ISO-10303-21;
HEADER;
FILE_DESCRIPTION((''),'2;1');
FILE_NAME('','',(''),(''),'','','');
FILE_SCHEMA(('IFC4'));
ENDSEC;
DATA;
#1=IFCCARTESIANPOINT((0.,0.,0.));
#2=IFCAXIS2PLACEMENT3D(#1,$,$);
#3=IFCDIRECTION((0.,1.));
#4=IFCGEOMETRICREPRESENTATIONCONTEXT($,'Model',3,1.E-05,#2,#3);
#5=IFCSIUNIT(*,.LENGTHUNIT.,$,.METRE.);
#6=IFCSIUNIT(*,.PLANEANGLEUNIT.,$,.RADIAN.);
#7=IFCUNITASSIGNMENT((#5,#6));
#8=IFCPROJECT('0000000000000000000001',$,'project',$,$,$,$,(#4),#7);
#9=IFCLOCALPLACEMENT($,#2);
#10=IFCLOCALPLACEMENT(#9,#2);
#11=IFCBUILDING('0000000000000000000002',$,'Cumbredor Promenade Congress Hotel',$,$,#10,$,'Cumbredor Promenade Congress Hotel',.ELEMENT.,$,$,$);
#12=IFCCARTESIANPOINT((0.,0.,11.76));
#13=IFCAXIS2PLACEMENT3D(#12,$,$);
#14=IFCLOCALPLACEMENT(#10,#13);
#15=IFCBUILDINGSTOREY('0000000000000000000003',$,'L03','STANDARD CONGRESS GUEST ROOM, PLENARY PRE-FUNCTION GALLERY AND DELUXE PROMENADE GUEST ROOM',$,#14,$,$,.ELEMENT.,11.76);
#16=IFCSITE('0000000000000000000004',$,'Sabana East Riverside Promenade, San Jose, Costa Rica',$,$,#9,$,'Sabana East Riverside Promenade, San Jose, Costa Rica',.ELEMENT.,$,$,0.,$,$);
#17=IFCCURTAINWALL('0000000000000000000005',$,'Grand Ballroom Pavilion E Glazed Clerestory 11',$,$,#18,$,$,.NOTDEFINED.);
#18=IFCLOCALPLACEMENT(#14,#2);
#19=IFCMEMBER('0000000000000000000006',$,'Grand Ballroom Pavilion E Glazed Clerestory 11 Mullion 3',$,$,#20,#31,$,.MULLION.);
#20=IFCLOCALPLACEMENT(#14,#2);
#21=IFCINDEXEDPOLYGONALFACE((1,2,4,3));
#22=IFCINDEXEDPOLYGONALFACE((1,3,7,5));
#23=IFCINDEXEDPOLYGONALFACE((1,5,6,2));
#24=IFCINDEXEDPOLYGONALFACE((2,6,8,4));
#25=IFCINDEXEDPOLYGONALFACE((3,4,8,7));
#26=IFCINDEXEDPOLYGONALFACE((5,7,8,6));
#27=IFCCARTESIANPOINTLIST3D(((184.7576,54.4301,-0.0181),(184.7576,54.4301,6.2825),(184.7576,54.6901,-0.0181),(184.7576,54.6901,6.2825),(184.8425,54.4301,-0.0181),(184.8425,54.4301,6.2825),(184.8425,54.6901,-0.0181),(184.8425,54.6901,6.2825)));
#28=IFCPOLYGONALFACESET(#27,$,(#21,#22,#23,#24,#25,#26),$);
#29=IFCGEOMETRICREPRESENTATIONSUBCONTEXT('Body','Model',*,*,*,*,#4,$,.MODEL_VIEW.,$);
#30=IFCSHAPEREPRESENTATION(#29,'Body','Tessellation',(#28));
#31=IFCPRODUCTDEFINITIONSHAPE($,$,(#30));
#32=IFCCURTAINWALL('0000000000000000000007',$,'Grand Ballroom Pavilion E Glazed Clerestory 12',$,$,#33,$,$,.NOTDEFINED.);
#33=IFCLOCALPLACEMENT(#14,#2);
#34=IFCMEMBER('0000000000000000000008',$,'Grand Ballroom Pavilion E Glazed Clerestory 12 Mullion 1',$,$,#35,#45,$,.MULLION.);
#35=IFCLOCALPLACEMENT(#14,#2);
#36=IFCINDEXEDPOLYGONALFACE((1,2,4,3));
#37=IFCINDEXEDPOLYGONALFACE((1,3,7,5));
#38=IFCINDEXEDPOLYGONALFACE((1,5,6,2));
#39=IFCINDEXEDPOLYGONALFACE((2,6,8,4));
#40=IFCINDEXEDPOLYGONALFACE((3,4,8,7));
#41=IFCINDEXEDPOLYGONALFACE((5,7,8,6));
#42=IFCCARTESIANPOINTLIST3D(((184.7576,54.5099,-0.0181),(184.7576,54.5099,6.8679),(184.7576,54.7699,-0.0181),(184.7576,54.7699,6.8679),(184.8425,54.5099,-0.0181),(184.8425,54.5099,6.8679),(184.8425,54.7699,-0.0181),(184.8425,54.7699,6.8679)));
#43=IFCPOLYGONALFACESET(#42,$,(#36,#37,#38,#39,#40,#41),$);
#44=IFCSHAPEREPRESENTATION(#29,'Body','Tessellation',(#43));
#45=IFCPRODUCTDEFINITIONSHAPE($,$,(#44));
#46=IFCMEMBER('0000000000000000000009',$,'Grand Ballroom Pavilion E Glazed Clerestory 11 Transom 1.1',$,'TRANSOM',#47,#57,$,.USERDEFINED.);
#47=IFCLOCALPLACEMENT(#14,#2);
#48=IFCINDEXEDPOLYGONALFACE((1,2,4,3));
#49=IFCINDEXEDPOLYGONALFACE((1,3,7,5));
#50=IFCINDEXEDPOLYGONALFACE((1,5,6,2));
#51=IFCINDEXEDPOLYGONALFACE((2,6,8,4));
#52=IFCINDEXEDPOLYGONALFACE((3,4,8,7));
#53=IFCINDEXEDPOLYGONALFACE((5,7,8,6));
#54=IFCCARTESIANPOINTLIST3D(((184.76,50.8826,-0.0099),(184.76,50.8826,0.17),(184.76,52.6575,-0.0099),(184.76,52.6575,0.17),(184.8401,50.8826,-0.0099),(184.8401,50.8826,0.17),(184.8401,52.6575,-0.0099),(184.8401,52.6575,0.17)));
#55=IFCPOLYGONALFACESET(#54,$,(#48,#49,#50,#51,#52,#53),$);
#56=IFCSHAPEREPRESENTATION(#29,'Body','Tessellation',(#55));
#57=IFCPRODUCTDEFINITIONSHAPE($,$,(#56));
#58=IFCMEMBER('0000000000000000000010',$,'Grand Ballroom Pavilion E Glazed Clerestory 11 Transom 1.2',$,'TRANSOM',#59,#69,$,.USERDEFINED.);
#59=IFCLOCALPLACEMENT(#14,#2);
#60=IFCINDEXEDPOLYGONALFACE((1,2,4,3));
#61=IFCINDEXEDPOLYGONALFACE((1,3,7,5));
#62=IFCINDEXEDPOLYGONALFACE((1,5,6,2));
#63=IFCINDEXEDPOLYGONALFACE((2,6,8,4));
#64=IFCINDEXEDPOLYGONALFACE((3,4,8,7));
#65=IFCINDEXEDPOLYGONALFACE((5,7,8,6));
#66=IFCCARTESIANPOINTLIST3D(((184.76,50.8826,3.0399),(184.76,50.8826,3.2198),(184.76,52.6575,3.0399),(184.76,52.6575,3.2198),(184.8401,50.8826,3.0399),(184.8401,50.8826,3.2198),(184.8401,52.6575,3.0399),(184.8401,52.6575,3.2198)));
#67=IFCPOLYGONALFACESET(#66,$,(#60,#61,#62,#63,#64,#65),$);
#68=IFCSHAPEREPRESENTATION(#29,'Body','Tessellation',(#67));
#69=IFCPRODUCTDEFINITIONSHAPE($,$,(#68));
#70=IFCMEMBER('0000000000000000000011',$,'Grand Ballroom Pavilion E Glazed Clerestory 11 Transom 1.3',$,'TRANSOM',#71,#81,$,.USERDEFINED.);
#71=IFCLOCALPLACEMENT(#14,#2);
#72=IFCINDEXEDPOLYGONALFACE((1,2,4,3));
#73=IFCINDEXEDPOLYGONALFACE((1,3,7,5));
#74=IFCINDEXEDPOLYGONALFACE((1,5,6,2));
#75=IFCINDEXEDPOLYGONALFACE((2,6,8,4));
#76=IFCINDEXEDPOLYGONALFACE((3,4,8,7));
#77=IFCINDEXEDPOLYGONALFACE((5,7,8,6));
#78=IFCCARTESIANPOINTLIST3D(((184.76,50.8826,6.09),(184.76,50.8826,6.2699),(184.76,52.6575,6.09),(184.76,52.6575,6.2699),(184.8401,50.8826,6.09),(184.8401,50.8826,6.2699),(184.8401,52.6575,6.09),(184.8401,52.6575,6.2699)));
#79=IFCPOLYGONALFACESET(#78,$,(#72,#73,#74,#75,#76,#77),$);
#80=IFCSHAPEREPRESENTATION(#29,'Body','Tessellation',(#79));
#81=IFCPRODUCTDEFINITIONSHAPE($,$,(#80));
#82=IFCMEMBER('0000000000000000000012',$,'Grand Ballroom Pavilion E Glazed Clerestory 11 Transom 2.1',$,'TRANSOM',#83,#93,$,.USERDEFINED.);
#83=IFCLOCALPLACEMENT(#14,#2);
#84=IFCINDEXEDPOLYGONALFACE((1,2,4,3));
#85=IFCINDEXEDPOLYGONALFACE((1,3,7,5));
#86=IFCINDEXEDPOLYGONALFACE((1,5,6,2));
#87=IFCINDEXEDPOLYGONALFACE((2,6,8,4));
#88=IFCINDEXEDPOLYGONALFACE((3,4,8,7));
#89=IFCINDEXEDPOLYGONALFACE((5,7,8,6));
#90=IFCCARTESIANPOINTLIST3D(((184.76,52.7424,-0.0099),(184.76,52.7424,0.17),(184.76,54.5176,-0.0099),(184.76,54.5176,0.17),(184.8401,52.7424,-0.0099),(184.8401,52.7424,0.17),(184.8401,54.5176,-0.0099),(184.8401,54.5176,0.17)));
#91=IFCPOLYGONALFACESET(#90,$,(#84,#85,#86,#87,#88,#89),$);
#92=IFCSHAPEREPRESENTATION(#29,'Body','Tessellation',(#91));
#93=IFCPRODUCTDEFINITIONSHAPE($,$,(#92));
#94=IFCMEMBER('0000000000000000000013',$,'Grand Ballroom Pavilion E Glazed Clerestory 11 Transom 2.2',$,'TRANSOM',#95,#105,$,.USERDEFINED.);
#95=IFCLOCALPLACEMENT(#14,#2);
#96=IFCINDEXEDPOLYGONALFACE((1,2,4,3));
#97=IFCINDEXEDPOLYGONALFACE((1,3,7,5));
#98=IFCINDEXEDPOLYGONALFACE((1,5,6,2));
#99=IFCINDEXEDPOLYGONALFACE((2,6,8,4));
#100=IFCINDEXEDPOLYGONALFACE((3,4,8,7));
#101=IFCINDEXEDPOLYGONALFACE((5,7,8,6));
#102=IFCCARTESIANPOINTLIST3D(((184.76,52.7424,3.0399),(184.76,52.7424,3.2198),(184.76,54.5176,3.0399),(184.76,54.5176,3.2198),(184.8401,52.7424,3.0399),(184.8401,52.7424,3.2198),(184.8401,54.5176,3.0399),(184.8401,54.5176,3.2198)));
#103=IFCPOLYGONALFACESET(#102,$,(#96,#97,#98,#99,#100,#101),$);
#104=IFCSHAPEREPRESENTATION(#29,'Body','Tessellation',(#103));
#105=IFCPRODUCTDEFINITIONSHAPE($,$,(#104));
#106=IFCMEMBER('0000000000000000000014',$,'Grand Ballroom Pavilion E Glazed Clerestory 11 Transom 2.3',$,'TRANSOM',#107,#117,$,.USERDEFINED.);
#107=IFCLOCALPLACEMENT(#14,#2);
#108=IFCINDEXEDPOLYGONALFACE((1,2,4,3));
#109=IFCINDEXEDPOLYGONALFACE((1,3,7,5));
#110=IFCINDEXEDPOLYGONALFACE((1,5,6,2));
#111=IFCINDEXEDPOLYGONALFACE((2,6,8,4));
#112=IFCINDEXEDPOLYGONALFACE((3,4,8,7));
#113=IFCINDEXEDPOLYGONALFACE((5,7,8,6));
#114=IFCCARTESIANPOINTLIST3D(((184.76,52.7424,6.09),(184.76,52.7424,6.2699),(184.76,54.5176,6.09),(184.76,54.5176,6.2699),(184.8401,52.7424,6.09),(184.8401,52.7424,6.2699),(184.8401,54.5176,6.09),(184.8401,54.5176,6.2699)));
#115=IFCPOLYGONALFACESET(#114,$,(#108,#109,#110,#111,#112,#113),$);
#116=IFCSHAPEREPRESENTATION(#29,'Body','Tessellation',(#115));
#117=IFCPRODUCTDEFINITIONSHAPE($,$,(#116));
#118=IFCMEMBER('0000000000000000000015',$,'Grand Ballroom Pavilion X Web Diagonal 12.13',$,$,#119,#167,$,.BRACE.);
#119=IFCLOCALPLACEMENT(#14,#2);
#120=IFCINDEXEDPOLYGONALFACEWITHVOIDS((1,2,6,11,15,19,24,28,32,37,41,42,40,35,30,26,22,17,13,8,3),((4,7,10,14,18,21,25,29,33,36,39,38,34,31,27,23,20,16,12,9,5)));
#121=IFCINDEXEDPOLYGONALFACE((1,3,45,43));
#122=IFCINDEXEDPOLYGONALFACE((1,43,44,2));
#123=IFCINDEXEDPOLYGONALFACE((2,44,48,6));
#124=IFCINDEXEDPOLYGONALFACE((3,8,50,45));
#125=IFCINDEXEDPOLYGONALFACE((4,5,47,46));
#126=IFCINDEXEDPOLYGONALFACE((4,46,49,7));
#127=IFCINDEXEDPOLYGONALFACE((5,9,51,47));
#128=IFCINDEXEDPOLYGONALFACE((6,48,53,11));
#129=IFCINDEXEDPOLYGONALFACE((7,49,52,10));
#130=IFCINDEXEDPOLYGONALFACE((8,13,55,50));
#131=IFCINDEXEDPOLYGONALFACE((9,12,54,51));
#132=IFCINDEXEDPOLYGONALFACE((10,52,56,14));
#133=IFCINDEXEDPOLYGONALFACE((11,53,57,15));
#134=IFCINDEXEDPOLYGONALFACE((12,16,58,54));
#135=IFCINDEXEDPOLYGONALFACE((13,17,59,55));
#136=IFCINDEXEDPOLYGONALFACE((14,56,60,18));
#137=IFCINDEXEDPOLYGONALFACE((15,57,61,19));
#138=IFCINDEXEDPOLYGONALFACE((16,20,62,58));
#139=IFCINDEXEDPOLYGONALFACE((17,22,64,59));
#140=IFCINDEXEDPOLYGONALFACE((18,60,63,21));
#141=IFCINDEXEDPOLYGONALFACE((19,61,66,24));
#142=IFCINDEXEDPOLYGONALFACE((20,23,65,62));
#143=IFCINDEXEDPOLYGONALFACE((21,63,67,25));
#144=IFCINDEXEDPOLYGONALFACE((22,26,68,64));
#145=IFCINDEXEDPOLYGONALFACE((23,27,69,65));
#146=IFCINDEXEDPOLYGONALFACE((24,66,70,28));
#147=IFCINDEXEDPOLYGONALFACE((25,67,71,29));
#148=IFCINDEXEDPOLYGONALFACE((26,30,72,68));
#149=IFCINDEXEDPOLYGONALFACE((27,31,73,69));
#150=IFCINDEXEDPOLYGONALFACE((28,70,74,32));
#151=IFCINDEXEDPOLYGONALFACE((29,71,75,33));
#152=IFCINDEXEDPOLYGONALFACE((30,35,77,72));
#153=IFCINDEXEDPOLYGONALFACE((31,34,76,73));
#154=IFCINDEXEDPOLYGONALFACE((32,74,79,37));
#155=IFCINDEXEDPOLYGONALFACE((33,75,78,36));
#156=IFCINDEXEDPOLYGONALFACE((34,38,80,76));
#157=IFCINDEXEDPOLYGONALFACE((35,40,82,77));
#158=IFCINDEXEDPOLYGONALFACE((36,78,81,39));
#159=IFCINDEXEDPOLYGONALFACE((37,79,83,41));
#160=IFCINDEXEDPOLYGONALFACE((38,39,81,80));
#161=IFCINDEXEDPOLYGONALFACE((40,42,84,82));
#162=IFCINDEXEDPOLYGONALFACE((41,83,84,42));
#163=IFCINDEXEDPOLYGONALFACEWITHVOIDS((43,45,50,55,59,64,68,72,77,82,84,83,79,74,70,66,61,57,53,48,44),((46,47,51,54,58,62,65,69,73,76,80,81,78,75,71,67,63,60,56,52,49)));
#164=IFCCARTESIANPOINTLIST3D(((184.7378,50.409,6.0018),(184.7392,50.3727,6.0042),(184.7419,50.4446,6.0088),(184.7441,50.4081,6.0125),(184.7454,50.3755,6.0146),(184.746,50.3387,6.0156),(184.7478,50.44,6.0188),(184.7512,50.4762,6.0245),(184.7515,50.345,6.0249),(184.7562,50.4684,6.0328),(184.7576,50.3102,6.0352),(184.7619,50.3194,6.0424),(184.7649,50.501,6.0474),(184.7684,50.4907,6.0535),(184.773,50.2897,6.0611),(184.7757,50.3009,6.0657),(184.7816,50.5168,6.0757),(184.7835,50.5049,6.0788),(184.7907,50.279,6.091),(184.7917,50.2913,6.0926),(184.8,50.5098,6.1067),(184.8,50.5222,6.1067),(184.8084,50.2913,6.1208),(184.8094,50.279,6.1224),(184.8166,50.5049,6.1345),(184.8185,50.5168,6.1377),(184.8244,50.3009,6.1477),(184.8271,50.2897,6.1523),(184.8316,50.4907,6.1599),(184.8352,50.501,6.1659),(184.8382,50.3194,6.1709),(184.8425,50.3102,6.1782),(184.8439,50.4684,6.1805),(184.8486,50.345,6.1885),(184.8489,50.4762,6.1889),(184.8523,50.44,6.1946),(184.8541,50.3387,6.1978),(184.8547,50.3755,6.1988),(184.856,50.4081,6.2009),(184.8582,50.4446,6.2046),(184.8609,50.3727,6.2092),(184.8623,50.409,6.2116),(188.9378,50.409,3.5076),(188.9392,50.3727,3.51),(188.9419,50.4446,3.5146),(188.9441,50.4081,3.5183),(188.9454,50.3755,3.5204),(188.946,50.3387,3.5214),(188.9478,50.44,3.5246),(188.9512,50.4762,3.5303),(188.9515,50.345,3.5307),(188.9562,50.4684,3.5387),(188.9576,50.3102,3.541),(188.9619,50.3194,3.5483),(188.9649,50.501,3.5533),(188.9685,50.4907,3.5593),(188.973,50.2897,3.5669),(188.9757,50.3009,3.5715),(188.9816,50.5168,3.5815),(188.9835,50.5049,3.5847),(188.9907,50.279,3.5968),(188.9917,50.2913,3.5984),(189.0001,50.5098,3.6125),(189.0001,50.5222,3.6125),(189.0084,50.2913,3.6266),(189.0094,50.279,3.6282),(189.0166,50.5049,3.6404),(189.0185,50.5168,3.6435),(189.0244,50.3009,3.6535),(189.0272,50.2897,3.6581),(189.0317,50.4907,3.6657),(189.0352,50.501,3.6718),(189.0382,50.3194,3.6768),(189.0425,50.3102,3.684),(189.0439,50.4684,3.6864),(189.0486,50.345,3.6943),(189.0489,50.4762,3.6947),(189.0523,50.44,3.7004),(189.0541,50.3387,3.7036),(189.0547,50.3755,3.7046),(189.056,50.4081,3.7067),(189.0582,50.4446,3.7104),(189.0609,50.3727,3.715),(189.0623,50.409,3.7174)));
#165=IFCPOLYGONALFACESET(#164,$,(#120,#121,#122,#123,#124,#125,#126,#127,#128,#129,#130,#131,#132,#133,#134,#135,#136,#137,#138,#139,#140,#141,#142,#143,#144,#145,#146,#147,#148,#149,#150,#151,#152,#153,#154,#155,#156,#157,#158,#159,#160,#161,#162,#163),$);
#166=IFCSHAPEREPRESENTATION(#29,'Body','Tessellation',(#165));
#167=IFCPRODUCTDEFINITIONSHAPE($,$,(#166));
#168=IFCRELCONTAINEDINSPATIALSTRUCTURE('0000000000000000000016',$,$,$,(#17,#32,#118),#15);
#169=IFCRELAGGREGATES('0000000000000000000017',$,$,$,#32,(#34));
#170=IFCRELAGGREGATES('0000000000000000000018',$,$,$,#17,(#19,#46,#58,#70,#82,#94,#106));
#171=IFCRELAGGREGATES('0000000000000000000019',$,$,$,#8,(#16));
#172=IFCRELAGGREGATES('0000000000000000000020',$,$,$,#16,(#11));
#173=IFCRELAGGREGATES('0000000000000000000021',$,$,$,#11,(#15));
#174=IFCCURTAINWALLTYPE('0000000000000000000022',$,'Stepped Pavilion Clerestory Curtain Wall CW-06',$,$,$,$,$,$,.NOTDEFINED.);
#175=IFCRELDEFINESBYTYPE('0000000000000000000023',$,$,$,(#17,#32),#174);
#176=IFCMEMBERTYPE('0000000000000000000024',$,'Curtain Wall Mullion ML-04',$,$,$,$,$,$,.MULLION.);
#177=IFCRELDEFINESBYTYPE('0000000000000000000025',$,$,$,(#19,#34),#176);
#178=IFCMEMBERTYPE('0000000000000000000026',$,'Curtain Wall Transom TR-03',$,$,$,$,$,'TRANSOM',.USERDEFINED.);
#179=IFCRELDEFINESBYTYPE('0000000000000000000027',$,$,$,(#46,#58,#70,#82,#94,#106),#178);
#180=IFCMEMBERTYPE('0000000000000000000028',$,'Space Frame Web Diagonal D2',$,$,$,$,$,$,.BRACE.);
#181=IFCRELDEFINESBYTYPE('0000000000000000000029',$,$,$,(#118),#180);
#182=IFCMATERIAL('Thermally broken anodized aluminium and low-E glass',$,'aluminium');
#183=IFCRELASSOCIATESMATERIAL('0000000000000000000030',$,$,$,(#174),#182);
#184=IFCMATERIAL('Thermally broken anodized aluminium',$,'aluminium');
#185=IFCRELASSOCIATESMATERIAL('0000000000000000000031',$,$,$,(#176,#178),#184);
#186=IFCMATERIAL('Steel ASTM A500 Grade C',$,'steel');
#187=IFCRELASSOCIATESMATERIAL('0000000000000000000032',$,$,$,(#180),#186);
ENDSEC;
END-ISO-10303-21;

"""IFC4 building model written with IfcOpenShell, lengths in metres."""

from ifc_helpers import new_model, si_unit, direction, frame, origin, origin_2d, place, context, subcontext, project, spatial, rectangle, hollow_circle, extrude, material, material_profile, profile_set, type_object, element, aggregate, save


model = new_model("IFC4")

# Units and contexts
model_context = context("Model", 3, precision=1e-05, world=origin(), true_north=direction((0.0, 1.0)))
body_context = subcontext(model_context, "Body", "Model", "MODEL_VIEW")
ifc_project = project(units=[si_unit("LENGTHUNIT", "METRE"), si_unit("PLANEANGLEUNIT", "RADIAN")], contexts=[model_context])

# Site, building, storey
site_placement = place(None, origin())
site = spatial("IfcSite", under=ifc_project, at=site_placement, Name="Sabana East Riverside Promenade, San Jose, Costa Rica", LongName="Sabana East Riverside Promenade, San Jose, Costa Rica", CompositionType="ELEMENT", RefElevation=0.0)
building_placement = place(site_placement, origin())
building = spatial("IfcBuilding", under=site, at=building_placement, Name="Cumbredor Promenade Congress Hotel", LongName="Cumbredor Promenade Congress Hotel", CompositionType="ELEMENT")
storey_placement = place(building_placement, frame((0.0, 0.0, 11.76)))
storey = spatial("IfcBuildingStorey", under=building, at=storey_placement, Name="L03", Description="STANDARD CONGRESS GUEST ROOM, PLENARY PRE-FUNCTION GALLERY AND DELUXE PROMENADE GUEST ROOM", CompositionType="ELEMENT", Elevation=11.76)

# Shared definitions
ifc_material_1 = material(Name="Steel ASTM A500 Grade C", Category="steel")

# Curtain wall, member
ifc_material_2 = material(Name="Thermally broken anodized aluminium and low-E glass", Category="aluminium")
curtain_wall_type = type_object("IfcCurtainWallType", Name="Stepped Pavilion Clerestory Curtain Wall CW-06", PredefinedType="NOTDEFINED", material=ifc_material_2)
curtain_wall_1_placement = place(storey_placement, origin())
curtain_wall_1 = element("IfcCurtainWall", 1, at=curtain_wall_1_placement, inside=storey, type_object=curtain_wall_type, Name="Grand Ballroom Pavilion E Glazed Clerestory 11", PredefinedType="NOTDEFINED")
ifc_material_3 = material(Name="Thermally broken anodized aluminium", Category="aluminium")
ifc_material_profile_1 = material_profile(ifc_material_3, rectangle(XDim=0.085, YDim=0.26, at=origin_2d()), Name="ALU MULLION CLERESTORY 85x260")
ifc_profile_set_1 = profile_set([ifc_material_profile_1], Name="Thermally broken anodized aluminium")
member_type_1 = type_object("IfcMemberType", Name="Curtain Wall Mullion ML-04", PredefinedType="MULLION", material=ifc_profile_set_1)
member_1_placement = place(storey_placement, frame((184.8, 54.5601, -0.0181), z_axis=(0.0, 0.0, 1.0), x_axis=(1.0, 0.0, 0.0)))
member_1 = element("IfcMember", 2, at=member_1_placement, type_object=member_type_1, Name="Grand Ballroom Pavilion E Glazed Clerestory 11 Mullion 3", PredefinedType="MULLION", context=body_context, shape_type="SweptSolid", body=[
    extrude(rectangle(XDim=0.085, YDim=0.26, at=origin_2d()), origin(), (0.0, 0.0, 1.0), 6.3005),
])

# Curtain wall, member
curtain_wall_2_placement = place(storey_placement, origin())
curtain_wall_2 = element("IfcCurtainWall", 3, at=curtain_wall_2_placement, inside=storey, type_object=curtain_wall_type, Name="Grand Ballroom Pavilion E Glazed Clerestory 12", PredefinedType="NOTDEFINED")
member_2_placement = place(storey_placement, frame((184.8, 54.6399, -0.0181), z_axis=(0.0, 0.0, 1.0), x_axis=(1.0, 0.0, 0.0)))
member_2 = element("IfcMember", 4, at=member_2_placement, type_object=member_type_1, Name="Grand Ballroom Pavilion E Glazed Clerestory 12 Mullion 1", PredefinedType="MULLION", context=body_context, shape_type="SweptSolid", body=[
    extrude(rectangle(XDim=0.085, YDim=0.26, at=origin_2d()), origin(), (0.0, 0.0, 1.0), 6.886),
])
aggregate(curtain_wall_2, [member_2])

# Members
ifc_material_profile_2 = material_profile(ifc_material_3, rectangle(XDim=0.0801, YDim=0.1799, at=origin_2d()), Name="ALU TRANSOM 80x180")
ifc_profile_set_2 = profile_set([ifc_material_profile_2], Name="Thermally broken anodized aluminium")
member_type_2 = type_object("IfcMemberType", Name="Curtain Wall Transom TR-03", ElementType="TRANSOM", PredefinedType="USERDEFINED", material=ifc_profile_set_2)
member_3_placement = place(storey_placement, frame((184.8, 50.8826, 0.0801), z_axis=(0.0, 1.0, 0.0), x_axis=(-1.0, 0.0, 0.0)))
member_3 = element("IfcMember", 5, at=member_3_placement, type_object=member_type_2, Name="Grand Ballroom Pavilion E Glazed Clerestory 11 Transom 1.1", ObjectType="TRANSOM", PredefinedType="USERDEFINED", context=body_context, shape_type="SweptSolid", body=[
    extrude(rectangle(XDim=0.0801, YDim=0.1799, at=origin_2d()), origin(), (0.0, 0.0, 1.0), 1.7749),
])
member_4_placement = place(storey_placement, frame((184.8, 50.8826, 3.1299), z_axis=(0.0, 1.0, 0.0), x_axis=(-1.0, 0.0, 0.0)))
member_4 = element("IfcMember", 6, at=member_4_placement, type_object=member_type_2, Name="Grand Ballroom Pavilion E Glazed Clerestory 11 Transom 1.2", ObjectType="TRANSOM", PredefinedType="USERDEFINED", context=body_context, shape_type="SweptSolid", body=[
    extrude(rectangle(XDim=0.0801, YDim=0.1799, at=origin_2d()), origin(), (0.0, 0.0, 1.0), 1.7749),
])
member_5_placement = place(storey_placement, frame((184.8, 50.8826, 6.1799), z_axis=(0.0, 1.0, 0.0), x_axis=(-1.0, 0.0, 0.0)))
member_5 = element("IfcMember", 7, at=member_5_placement, type_object=member_type_2, Name="Grand Ballroom Pavilion E Glazed Clerestory 11 Transom 1.3", ObjectType="TRANSOM", PredefinedType="USERDEFINED", context=body_context, shape_type="SweptSolid", body=[
    extrude(rectangle(XDim=0.0801, YDim=0.1799, at=origin_2d()), origin(), (0.0, 0.0, 1.0), 1.7749),
])
member_6_placement = place(storey_placement, frame((184.8, 52.7424, 0.0801), z_axis=(0.0, 1.0, 0.0), x_axis=(-1.0, 0.0, 0.0)))
member_6 = element("IfcMember", 8, at=member_6_placement, type_object=member_type_2, Name="Grand Ballroom Pavilion E Glazed Clerestory 11 Transom 2.1", ObjectType="TRANSOM", PredefinedType="USERDEFINED", context=body_context, shape_type="SweptSolid", body=[
    extrude(rectangle(XDim=0.0801, YDim=0.1799, at=origin_2d()), origin(), (0.0, 0.0, 1.0), 1.7751),
])
member_7_placement = place(storey_placement, frame((184.8, 52.7424, 3.1299), z_axis=(0.0, 1.0, 0.0), x_axis=(-1.0, 0.0, 0.0)))
member_7 = element("IfcMember", 9, at=member_7_placement, type_object=member_type_2, Name="Grand Ballroom Pavilion E Glazed Clerestory 11 Transom 2.2", ObjectType="TRANSOM", PredefinedType="USERDEFINED", context=body_context, shape_type="SweptSolid", body=[
    extrude(rectangle(XDim=0.0801, YDim=0.1799, at=origin_2d()), origin(), (0.0, 0.0, 1.0), 1.7751),
])
member_8_placement = place(storey_placement, frame((184.8, 52.7424, 6.1799), z_axis=(0.0, 1.0, 0.0), x_axis=(-1.0, 0.0, 0.0)))
member_8 = element("IfcMember", 10, at=member_8_placement, type_object=member_type_2, Name="Grand Ballroom Pavilion E Glazed Clerestory 11 Transom 2.3", ObjectType="TRANSOM", PredefinedType="USERDEFINED", context=body_context, shape_type="SweptSolid", body=[
    extrude(rectangle(XDim=0.0801, YDim=0.1799, at=origin_2d()), origin(), (0.0, 0.0, 1.0), 1.7751),
])

# Member
ifc_material_profile_3 = material_profile(ifc_material_1, hollow_circle(Radius=0.1223, WallThickness=0.0125, at=origin_2d()), Name="CHS 244.5x12.5")
ifc_profile_set_3 = profile_set([ifc_material_profile_3], Name="Steel ASTM A500 Grade C")
member_type_3 = type_object("IfcMemberType", Name="Space Frame Web Diagonal D2", PredefinedType="BRACE", material=ifc_profile_set_3)
member_9_placement = place(storey_placement, frame((184.8, 50.3999, 6.1067), z_axis=(0.859817, 0.0, -0.510602), x_axis=(0.0, 1.0, 0.0)))
element("IfcMember", 11, at=member_9_placement, inside=storey, type_object=member_type_3, Name="Grand Ballroom Pavilion X Web Diagonal 12.13", PredefinedType="BRACE", context=body_context, shape_type="SweptSolid", body=[
    extrude(hollow_circle(Radius=0.1223, WallThickness=0.0125, at=origin_2d()), origin(), (0.0, 0.0, 1.0), 4.8848),
])

aggregate(curtain_wall_1, [member_1, member_3, member_4, member_5, member_6, member_7, member_8])

save(model, "model.ifc")
